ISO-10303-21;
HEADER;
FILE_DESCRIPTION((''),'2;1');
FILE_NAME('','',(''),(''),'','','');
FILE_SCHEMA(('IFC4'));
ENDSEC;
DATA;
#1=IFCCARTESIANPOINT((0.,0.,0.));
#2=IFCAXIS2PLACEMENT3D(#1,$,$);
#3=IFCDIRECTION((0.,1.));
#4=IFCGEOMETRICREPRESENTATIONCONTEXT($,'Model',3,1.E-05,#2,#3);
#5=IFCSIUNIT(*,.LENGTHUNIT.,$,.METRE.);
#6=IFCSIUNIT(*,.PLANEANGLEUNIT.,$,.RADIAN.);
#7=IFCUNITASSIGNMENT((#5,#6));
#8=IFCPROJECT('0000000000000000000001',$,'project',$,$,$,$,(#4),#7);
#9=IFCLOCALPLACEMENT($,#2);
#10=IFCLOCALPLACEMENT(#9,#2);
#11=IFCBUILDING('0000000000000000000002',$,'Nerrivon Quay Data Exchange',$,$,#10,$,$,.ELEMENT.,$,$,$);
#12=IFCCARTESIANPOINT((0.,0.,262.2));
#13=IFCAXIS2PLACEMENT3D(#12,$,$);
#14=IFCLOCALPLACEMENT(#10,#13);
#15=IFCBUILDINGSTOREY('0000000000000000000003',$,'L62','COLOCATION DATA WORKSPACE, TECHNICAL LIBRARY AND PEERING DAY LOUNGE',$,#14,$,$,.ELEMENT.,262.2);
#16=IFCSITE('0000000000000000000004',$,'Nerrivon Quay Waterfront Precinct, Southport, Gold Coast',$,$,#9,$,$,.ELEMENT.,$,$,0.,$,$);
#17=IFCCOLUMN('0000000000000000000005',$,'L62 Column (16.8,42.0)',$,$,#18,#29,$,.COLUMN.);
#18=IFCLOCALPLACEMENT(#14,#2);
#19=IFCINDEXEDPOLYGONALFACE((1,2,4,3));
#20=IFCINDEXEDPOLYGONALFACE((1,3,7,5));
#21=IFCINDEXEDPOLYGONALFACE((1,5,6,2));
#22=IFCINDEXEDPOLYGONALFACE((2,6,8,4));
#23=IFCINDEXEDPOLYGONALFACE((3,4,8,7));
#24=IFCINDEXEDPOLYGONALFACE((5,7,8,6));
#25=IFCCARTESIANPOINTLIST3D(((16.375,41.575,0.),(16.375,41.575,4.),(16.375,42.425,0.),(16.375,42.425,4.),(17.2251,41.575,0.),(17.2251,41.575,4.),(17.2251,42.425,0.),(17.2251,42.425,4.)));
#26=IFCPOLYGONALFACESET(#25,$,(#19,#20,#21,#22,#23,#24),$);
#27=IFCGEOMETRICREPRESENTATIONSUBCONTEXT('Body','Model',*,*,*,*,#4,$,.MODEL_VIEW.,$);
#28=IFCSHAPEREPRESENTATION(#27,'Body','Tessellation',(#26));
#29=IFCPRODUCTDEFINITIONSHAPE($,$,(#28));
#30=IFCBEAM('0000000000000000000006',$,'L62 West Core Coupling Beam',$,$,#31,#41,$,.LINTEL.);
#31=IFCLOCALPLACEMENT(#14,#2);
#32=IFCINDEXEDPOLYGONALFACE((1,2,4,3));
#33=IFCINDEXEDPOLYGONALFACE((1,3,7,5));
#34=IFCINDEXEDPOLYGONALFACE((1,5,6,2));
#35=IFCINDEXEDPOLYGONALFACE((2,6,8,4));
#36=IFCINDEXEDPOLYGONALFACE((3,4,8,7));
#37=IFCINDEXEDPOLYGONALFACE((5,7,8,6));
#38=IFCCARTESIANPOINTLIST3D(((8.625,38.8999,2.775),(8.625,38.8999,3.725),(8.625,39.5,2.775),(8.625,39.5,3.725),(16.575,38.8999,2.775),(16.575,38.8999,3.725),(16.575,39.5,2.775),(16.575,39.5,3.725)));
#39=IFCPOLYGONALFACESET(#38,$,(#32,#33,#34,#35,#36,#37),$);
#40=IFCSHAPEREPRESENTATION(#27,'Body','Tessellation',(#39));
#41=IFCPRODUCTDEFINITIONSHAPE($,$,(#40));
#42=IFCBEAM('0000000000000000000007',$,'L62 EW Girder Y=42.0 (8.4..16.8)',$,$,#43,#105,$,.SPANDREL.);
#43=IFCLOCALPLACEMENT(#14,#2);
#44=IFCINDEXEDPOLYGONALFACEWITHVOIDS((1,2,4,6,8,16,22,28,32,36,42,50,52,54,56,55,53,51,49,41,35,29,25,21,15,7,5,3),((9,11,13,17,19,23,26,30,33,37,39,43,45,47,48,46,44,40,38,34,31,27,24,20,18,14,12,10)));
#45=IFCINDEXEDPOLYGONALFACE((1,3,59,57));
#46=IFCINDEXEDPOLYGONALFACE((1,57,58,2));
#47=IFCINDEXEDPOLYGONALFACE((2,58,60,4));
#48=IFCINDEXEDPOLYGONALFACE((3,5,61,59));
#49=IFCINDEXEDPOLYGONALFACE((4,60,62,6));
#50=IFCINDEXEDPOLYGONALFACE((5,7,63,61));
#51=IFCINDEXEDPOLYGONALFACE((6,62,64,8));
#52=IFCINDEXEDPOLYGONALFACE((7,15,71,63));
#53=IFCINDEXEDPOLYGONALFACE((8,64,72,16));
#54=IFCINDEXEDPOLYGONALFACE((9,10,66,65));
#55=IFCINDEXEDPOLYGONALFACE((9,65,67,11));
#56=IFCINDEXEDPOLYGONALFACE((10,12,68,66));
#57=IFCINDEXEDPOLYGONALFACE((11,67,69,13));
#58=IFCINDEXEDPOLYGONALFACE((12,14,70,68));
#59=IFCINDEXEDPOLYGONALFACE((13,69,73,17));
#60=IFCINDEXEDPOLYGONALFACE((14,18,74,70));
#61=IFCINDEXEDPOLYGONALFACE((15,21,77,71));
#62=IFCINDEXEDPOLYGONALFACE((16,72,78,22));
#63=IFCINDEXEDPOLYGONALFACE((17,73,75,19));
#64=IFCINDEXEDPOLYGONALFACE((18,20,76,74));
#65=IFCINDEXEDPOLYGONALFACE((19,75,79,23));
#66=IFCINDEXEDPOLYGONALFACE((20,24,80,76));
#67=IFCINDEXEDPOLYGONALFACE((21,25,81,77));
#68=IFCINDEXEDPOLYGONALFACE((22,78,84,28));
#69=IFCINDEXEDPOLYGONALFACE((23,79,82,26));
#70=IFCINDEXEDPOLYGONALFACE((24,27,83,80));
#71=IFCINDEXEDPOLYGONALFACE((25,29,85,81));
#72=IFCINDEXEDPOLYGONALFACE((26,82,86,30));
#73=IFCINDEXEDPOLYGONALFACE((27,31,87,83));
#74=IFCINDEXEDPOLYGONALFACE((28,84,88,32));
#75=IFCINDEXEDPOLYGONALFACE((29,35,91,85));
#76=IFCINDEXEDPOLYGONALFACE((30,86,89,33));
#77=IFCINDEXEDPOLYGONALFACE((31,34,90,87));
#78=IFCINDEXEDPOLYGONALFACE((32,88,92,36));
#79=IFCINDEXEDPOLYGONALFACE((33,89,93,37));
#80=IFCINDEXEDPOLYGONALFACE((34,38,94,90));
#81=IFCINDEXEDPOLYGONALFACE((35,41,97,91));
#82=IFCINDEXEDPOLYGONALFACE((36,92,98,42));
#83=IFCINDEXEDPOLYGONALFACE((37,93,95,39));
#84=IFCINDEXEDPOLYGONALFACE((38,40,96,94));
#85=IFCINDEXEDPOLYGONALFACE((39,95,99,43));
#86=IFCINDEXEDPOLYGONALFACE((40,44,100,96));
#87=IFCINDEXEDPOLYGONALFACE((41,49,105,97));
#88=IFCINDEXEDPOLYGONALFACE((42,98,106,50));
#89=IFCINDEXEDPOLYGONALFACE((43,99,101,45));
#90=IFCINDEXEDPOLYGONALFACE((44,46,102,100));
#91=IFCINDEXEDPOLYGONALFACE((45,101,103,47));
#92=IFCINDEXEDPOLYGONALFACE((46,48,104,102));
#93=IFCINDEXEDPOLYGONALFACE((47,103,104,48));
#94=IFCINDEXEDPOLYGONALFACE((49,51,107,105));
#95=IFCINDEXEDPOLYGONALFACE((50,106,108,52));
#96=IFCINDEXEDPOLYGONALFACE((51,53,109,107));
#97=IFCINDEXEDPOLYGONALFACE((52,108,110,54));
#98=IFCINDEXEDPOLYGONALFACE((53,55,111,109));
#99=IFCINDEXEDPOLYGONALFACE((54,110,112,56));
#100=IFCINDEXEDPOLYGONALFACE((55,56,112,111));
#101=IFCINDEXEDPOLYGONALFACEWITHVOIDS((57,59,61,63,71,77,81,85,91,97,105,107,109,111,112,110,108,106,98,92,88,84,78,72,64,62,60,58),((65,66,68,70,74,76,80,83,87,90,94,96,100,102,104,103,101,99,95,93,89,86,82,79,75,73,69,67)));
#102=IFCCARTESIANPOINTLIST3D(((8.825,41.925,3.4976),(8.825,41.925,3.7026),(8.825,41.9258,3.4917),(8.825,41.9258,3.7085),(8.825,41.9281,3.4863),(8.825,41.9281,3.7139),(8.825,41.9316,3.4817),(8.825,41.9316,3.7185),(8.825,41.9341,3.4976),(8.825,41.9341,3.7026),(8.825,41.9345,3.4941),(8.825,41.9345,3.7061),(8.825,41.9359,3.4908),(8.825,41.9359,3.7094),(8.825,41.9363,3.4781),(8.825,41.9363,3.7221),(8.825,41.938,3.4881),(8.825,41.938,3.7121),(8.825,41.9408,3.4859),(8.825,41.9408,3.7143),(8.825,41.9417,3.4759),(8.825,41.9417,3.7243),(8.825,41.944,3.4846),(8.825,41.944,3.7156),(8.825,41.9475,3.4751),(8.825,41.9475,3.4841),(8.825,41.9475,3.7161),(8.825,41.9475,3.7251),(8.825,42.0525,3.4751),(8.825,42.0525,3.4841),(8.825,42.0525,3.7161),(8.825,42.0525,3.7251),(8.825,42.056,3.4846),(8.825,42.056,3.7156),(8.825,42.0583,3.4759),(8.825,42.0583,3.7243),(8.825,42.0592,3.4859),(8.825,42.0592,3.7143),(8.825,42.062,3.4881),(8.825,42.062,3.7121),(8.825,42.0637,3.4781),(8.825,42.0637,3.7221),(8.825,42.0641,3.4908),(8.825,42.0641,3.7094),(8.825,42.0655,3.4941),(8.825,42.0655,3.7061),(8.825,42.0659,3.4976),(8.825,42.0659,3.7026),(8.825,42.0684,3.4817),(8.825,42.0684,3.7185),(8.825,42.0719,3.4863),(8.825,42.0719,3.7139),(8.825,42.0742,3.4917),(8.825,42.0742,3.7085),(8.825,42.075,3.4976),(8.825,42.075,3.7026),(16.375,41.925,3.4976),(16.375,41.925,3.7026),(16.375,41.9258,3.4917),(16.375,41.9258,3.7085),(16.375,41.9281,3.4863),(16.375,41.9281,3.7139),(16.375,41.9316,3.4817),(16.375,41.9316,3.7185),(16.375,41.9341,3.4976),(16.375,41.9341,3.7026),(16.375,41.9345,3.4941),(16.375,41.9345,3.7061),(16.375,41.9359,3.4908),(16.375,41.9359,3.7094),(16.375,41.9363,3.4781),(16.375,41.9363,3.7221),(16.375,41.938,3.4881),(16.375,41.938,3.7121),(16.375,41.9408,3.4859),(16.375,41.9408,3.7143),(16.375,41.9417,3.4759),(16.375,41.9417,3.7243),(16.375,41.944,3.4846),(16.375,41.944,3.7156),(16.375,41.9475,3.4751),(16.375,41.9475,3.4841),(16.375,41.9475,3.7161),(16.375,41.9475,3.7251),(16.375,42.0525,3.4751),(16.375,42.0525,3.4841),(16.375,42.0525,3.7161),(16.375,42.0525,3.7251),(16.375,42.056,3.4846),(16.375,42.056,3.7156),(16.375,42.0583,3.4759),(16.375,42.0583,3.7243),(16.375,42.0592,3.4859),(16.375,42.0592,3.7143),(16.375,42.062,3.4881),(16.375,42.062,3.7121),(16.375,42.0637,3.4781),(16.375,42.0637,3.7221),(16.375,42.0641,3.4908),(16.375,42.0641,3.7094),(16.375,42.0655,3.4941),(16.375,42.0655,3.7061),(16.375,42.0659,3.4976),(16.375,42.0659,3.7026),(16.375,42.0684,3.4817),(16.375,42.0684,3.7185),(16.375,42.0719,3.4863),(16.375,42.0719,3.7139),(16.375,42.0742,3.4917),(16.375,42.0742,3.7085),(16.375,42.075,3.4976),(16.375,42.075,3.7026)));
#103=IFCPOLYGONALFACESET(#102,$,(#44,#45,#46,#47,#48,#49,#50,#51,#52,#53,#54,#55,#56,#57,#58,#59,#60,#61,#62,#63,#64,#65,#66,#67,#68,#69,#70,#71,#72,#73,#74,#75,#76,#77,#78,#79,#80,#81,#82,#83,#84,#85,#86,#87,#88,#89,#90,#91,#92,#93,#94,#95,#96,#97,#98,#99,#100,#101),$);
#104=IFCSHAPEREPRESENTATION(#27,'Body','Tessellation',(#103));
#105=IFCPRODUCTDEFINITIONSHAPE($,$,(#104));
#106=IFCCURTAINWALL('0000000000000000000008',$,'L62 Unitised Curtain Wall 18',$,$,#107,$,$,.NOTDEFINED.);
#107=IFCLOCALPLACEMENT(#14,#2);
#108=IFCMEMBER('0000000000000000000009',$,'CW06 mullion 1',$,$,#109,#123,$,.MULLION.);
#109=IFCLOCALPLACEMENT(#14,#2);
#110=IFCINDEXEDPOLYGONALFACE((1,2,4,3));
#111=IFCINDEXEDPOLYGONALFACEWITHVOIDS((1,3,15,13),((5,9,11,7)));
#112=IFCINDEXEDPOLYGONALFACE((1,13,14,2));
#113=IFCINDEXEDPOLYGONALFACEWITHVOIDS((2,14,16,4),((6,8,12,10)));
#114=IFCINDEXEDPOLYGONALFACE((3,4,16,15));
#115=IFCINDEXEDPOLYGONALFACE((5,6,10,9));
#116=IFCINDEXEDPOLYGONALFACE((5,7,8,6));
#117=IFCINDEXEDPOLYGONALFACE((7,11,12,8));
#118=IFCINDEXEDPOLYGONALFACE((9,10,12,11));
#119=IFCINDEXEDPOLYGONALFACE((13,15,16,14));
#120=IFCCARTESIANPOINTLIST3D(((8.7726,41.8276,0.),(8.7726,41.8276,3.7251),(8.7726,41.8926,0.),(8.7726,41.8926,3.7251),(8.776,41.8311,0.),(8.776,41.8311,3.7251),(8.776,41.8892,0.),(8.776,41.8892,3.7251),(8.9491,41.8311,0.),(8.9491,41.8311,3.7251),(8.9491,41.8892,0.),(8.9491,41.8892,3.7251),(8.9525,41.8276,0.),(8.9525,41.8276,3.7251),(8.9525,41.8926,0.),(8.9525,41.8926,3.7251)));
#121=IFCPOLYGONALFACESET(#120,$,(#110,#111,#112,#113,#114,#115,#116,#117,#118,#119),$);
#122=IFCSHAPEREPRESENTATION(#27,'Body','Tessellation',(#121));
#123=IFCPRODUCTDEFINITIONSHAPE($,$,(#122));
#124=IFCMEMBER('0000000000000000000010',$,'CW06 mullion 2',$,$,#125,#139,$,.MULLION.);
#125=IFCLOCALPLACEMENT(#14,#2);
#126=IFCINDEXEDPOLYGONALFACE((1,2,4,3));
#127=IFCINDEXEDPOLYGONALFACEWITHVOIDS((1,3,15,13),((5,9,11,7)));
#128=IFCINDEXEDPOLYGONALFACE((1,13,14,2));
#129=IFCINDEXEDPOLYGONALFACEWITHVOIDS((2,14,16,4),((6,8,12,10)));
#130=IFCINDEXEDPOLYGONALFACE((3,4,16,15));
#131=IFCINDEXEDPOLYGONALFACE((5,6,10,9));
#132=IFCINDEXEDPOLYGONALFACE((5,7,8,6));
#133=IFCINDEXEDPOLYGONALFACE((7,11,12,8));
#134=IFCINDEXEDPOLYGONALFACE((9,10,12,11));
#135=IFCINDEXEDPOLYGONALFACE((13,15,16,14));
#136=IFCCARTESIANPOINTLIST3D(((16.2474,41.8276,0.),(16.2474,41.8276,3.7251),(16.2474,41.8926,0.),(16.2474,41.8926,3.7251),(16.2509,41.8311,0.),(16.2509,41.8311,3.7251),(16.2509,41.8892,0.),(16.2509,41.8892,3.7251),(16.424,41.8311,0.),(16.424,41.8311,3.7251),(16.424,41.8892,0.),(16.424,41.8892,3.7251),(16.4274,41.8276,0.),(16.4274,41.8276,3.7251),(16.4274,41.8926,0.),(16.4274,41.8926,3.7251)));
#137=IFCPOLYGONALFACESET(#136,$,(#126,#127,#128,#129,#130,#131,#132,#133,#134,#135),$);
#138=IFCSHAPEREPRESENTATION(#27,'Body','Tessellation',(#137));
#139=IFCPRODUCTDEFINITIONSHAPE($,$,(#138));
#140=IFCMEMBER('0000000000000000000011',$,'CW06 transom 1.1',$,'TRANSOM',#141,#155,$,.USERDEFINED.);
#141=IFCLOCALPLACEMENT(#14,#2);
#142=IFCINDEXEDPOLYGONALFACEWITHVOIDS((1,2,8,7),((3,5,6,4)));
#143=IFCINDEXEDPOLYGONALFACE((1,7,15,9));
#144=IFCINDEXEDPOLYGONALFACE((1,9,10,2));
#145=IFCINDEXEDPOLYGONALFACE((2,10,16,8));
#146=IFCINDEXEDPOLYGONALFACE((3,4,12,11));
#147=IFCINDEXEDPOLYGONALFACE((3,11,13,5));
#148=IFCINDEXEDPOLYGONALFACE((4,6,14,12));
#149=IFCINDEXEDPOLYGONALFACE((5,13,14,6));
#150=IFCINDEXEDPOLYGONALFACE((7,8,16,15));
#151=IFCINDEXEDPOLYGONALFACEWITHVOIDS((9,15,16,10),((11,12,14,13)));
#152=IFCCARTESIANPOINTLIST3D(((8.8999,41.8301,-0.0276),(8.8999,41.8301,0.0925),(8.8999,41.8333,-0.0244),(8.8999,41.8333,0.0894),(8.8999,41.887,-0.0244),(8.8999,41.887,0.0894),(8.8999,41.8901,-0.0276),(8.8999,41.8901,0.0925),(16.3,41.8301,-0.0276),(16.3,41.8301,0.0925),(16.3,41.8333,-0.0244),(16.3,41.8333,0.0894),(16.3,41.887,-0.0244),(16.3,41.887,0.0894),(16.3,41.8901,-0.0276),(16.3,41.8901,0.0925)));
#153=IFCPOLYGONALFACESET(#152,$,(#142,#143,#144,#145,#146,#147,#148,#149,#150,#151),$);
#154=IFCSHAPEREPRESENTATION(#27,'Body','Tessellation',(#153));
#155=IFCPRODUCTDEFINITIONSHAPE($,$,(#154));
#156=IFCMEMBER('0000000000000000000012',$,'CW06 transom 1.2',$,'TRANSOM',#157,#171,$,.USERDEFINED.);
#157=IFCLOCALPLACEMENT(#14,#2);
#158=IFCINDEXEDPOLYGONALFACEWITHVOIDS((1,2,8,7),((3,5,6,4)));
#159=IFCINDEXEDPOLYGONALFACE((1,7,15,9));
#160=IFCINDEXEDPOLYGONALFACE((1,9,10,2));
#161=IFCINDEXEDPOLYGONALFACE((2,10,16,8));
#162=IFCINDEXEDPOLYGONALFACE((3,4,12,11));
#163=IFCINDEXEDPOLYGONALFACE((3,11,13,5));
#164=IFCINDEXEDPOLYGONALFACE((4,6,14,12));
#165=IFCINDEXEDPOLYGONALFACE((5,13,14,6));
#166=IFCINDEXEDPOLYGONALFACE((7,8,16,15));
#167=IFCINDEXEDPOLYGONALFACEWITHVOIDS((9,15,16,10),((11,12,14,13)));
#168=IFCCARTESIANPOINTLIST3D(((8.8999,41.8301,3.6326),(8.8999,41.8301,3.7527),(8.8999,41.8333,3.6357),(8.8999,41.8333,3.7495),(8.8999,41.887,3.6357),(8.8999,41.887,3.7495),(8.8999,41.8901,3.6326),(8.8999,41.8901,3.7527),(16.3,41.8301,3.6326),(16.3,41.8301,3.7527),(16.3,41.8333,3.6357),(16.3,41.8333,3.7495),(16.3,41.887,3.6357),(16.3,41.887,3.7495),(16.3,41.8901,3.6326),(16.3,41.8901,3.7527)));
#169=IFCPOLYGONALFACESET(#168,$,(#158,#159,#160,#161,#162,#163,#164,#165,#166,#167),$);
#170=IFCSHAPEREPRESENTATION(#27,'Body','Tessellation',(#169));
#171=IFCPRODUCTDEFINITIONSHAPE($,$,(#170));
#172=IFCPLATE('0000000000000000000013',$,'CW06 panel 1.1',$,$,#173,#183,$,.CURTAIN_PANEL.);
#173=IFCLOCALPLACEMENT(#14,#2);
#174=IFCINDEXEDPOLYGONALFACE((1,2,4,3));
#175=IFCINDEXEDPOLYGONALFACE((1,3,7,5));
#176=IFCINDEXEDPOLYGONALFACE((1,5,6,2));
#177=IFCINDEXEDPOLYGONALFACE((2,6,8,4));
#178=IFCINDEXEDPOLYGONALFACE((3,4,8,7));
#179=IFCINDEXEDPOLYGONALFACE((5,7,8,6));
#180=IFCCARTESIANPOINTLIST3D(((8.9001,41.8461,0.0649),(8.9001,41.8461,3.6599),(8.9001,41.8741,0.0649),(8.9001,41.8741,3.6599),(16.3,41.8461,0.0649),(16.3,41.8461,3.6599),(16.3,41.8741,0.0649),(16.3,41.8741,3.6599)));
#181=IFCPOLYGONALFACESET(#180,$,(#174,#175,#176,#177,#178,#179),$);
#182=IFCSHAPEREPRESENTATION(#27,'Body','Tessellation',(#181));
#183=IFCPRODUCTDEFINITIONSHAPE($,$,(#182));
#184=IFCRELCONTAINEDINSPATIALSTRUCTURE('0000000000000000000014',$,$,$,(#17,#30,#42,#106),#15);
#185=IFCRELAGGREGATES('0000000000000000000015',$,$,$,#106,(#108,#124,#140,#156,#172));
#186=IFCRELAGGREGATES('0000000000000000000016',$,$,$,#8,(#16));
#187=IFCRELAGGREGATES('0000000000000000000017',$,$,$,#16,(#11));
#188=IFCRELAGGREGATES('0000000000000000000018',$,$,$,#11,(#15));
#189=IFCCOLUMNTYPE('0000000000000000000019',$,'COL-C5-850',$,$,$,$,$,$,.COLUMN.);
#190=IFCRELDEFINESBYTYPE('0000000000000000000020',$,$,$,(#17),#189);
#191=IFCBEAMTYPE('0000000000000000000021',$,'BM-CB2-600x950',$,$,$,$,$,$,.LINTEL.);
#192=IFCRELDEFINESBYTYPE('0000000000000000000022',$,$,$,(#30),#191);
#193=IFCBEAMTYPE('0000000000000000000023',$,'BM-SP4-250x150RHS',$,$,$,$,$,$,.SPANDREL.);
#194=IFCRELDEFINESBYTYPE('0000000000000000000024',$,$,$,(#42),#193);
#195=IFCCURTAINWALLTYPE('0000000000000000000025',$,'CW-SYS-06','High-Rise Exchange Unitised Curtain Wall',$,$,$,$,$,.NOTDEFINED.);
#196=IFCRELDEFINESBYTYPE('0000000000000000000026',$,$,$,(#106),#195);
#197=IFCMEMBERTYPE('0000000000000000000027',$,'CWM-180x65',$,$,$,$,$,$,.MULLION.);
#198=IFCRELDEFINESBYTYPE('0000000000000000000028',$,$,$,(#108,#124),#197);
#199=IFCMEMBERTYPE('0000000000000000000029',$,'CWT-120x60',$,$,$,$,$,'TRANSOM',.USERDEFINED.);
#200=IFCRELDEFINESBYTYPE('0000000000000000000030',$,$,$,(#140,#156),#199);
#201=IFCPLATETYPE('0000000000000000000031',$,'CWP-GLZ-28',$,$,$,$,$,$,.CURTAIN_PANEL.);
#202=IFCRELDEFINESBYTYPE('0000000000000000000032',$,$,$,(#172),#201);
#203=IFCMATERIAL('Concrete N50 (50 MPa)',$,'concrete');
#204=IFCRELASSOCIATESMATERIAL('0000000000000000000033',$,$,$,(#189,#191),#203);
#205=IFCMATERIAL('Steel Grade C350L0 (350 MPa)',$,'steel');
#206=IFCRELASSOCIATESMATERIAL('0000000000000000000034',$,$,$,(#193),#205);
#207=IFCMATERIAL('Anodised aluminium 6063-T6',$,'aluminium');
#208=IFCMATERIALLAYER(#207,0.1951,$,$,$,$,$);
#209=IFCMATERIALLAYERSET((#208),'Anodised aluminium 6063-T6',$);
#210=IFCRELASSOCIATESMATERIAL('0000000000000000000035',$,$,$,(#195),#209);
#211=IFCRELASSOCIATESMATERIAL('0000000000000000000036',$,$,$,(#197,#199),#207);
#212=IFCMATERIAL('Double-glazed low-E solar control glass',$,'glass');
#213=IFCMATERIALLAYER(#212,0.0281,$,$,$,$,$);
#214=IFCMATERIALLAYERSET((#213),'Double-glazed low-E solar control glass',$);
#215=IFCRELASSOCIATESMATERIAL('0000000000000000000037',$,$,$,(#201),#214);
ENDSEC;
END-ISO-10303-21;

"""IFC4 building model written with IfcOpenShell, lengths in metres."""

from ifc_helpers import new_model, si_unit, direction, frame, origin, origin_2d, place, context, subcontext, project, spatial, rectangle, hollow_rectangle, extrude, material, layer, layer_set, material_profile, profile_set, type_object, element, aggregate, save


model = new_model("IFC4")

# Units and contexts
model_context = context("Model", 3, precision=1e-05, world=origin(), true_north=direction((0.0, 1.0)))
body_context = subcontext(model_context, "Body", "Model", "MODEL_VIEW")
ifc_project = project(units=[si_unit("LENGTHUNIT", "METRE"), si_unit("PLANEANGLEUNIT", "RADIAN")], contexts=[model_context])

# Site, building, storey
site_placement = place(None, origin())
site = spatial("IfcSite", under=ifc_project, at=site_placement, Name="Nerrivon Quay Waterfront Precinct, Southport, Gold Coast", CompositionType="ELEMENT", RefElevation=0.0)
building_placement = place(site_placement, origin())
building = spatial("IfcBuilding", under=site, at=building_placement, Name="Nerrivon Quay Data Exchange", CompositionType="ELEMENT")
storey_placement = place(building_placement, frame((0.0, 0.0, 262.2)))
storey = spatial("IfcBuildingStorey", under=building, at=storey_placement, Name="L62", Description="COLOCATION DATA WORKSPACE, TECHNICAL LIBRARY AND PEERING DAY LOUNGE", CompositionType="ELEMENT", Elevation=262.2)

# Column
ifc_material_1 = material(Name="Concrete N50 (50 MPa)", Category="concrete")
ifc_material_profile_1 = material_profile(ifc_material_1, rectangle(XDim=0.8501, YDim=0.8501, at=origin_2d()), Name="RC-COL-850x850")
ifc_profile_set_1 = profile_set([ifc_material_profile_1], Name="Concrete N50 (50 MPa)")
column_type = type_object("IfcColumnType", Name="COL-C5-850", PredefinedType="COLUMN", material=ifc_profile_set_1)
column_placement = place(storey_placement, frame((16.8, 42.0, 0.0), z_axis=(0.0, 0.0, 1.0), x_axis=(1.0, 0.0, 0.0)))
element("IfcColumn", 1, at=column_placement, inside=storey, type_object=column_type, Name="L62 Column (16.8,42.0)", PredefinedType="COLUMN", context=body_context, shape_type="SweptSolid", body=[
    extrude(rectangle(XDim=0.8501, YDim=0.8501, at=origin_2d()), origin(), (0.0, 0.0, 1.0), 4.0),
])

# Beams
ifc_material_profile_2 = material_profile(ifc_material_1, rectangle(XDim=0.6001, YDim=0.95, at=origin_2d()), Name="RC-CB-600x950")
ifc_profile_set_2 = profile_set([ifc_material_profile_2], Name="Concrete N50 (50 MPa)")
beam_type_1 = type_object("IfcBeamType", Name="BM-CB2-600x950", PredefinedType="LINTEL", material=ifc_profile_set_2)
beam_1_placement = place(storey_placement, frame((8.625, 39.2, 3.25), z_axis=(1.0, 0.0, 0.0), x_axis=(0.0, 1.0, 0.0)))
element("IfcBeam", 2, at=beam_1_placement, inside=storey, type_object=beam_type_1, Name="L62 West Core Coupling Beam", PredefinedType="LINTEL", context=body_context, shape_type="SweptSolid", body=[
    extrude(rectangle(XDim=0.6001, YDim=0.95, at=origin_2d()), origin(), (0.0, 0.0, 1.0), 7.95),
])
ifc_material_2 = material(Name="Steel Grade C350L0 (350 MPa)", Category="steel")
ifc_material_profile_3 = material_profile(ifc_material_2, hollow_rectangle(XDim=0.1499, YDim=0.25, WallThickness=0.009, InnerFilletRadius=0.0134, OuterFilletRadius=0.0225, at=origin_2d()), Name="250x150x9.0RHS")
ifc_profile_set_3 = profile_set([ifc_material_profile_3], Name="Steel Grade C350L0 (350 MPa)")
beam_type_2 = type_object("IfcBeamType", Name="BM-SP4-250x150RHS", PredefinedType="SPANDREL", material=ifc_profile_set_3)
beam_2_placement = place(storey_placement, frame((8.825, 42.0, 3.6001), z_axis=(1.0, 0.0, 0.0), x_axis=(0.0, 1.0, 0.0)))
element("IfcBeam", 3, at=beam_2_placement, inside=storey, type_object=beam_type_2, Name="L62 EW Girder Y=42.0 (8.4..16.8)", PredefinedType="SPANDREL", context=body_context, shape_type="SweptSolid", body=[
    extrude(hollow_rectangle(XDim=0.1499, YDim=0.25, WallThickness=0.009, InnerFilletRadius=0.0134, OuterFilletRadius=0.0225, at=origin_2d()), origin(), (0.0, 0.0, 1.0), 7.55),
])

# Curtain wall, members, plate
ifc_material_3 = material(Name="Anodised aluminium 6063-T6", Category="aluminium")
ifc_layer_1 = layer(ifc_material_3, 0.1951)
ifc_layer_set_1 = layer_set([ifc_layer_1], Name="Anodised aluminium 6063-T6")
curtain_wall_type = type_object("IfcCurtainWallType", Name="CW-SYS-06", Description="High-Rise Exchange Unitised Curtain Wall", PredefinedType="NOTDEFINED", material=ifc_layer_set_1)
curtain_wall_placement = place(storey_placement, origin())
curtain_wall = element("IfcCurtainWall", 4, at=curtain_wall_placement, inside=storey, type_object=curtain_wall_type, Name="L62 Unitised Curtain Wall 18", PredefinedType="NOTDEFINED")
ifc_material_profile_4 = material_profile(ifc_material_3, hollow_rectangle(XDim=0.0649, YDim=0.1799, WallThickness=0.0034, at=origin_2d()), Name="ALU-MULL-180x65")
ifc_profile_set_4 = profile_set([ifc_material_profile_4], Name="Anodised aluminium 6063-T6")
member_type_1 = type_object("IfcMemberType", Name="CWM-180x65", PredefinedType="MULLION", material=ifc_profile_set_4)
member_1_placement = place(storey_placement, frame((8.8625, 41.8601, 0.0), z_axis=(0.0, 0.0, 1.0), x_axis=(0.0, 1.0, 0.0)))
member_1 = element("IfcMember", 5, at=member_1_placement, type_object=member_type_1, Name="CW06 mullion 1", PredefinedType="MULLION", context=body_context, shape_type="SweptSolid", body=[
    extrude(hollow_rectangle(XDim=0.0649, YDim=0.1799, WallThickness=0.0034, at=origin_2d()), origin(), (0.0, 0.0, 1.0), 3.7251),
])
member_2_placement = place(storey_placement, frame((16.3374, 41.8601, 0.0), z_axis=(0.0, 0.0, 1.0), x_axis=(0.0, 1.0, 0.0)))
member_2 = element("IfcMember", 6, at=member_2_placement, type_object=member_type_1, Name="CW06 mullion 2", PredefinedType="MULLION", context=body_context, shape_type="SweptSolid", body=[
    extrude(hollow_rectangle(XDim=0.0649, YDim=0.1799, WallThickness=0.0034, at=origin_2d()), origin(), (0.0, 0.0, 1.0), 3.7251),
])
ifc_material_profile_5 = material_profile(ifc_material_3, hollow_rectangle(XDim=0.0601, YDim=0.1201, WallThickness=0.0032, at=origin_2d()), Name="ALU-TRAN-120x60")
ifc_profile_set_5 = profile_set([ifc_material_profile_5], Name="Anodised aluminium 6063-T6")
member_type_2 = type_object("IfcMemberType", Name="CWT-120x60", ElementType="TRANSOM", PredefinedType="USERDEFINED", material=ifc_profile_set_5)
member_3_placement = place(storey_placement, frame((8.8999, 41.8601, 0.0325), z_axis=(1.0, 0.0, 0.0), x_axis=(0.0, 1.0, 0.0)))
member_3 = element("IfcMember", 7, at=member_3_placement, type_object=member_type_2, Name="CW06 transom 1.1", ObjectType="TRANSOM", PredefinedType="USERDEFINED", context=body_context, shape_type="SweptSolid", body=[
    extrude(hollow_rectangle(XDim=0.0601, YDim=0.1201, WallThickness=0.0032, at=origin_2d()), origin(), (0.0, 0.0, 1.0), 7.4001),
])
member_4_placement = place(storey_placement, frame((8.8999, 41.8601, 3.6926), z_axis=(1.0, 0.0, 0.0), x_axis=(0.0, 1.0, 0.0)))
member_4 = element("IfcMember", 8, at=member_4_placement, type_object=member_type_2, Name="CW06 transom 1.2", ObjectType="TRANSOM", PredefinedType="USERDEFINED", context=body_context, shape_type="SweptSolid", body=[
    extrude(hollow_rectangle(XDim=0.0601, YDim=0.1201, WallThickness=0.0032, at=origin_2d()), origin(), (0.0, 0.0, 1.0), 7.4001),
])
ifc_material_4 = material(Name="Double-glazed low-E solar control glass", Category="glass")
ifc_layer_2 = layer(ifc_material_4, 0.0281)
ifc_layer_set_2 = layer_set([ifc_layer_2], Name="Double-glazed low-E solar control glass")
plate_type = type_object("IfcPlateType", Name="CWP-GLZ-28", PredefinedType="CURTAIN_PANEL", material=ifc_layer_set_2)
plate_placement = place(storey_placement, frame((12.6001, 41.8601, 0.0649), z_axis=(0.0, 0.0, 1.0), x_axis=(1.0, 0.0, 0.0)))
plate = element("IfcPlate", 9, at=plate_placement, type_object=plate_type, Name="CW06 panel 1.1", PredefinedType="CURTAIN_PANEL", context=body_context, shape_type="SweptSolid", body=[
    extrude(rectangle(XDim=7.3999, YDim=0.0281, at=origin_2d()), origin(), (0.0, 0.0, 1.0), 3.595),
])
aggregate(curtain_wall, [member_1, member_2, member_3, member_4, plate])

save(model, "model.ifc")
